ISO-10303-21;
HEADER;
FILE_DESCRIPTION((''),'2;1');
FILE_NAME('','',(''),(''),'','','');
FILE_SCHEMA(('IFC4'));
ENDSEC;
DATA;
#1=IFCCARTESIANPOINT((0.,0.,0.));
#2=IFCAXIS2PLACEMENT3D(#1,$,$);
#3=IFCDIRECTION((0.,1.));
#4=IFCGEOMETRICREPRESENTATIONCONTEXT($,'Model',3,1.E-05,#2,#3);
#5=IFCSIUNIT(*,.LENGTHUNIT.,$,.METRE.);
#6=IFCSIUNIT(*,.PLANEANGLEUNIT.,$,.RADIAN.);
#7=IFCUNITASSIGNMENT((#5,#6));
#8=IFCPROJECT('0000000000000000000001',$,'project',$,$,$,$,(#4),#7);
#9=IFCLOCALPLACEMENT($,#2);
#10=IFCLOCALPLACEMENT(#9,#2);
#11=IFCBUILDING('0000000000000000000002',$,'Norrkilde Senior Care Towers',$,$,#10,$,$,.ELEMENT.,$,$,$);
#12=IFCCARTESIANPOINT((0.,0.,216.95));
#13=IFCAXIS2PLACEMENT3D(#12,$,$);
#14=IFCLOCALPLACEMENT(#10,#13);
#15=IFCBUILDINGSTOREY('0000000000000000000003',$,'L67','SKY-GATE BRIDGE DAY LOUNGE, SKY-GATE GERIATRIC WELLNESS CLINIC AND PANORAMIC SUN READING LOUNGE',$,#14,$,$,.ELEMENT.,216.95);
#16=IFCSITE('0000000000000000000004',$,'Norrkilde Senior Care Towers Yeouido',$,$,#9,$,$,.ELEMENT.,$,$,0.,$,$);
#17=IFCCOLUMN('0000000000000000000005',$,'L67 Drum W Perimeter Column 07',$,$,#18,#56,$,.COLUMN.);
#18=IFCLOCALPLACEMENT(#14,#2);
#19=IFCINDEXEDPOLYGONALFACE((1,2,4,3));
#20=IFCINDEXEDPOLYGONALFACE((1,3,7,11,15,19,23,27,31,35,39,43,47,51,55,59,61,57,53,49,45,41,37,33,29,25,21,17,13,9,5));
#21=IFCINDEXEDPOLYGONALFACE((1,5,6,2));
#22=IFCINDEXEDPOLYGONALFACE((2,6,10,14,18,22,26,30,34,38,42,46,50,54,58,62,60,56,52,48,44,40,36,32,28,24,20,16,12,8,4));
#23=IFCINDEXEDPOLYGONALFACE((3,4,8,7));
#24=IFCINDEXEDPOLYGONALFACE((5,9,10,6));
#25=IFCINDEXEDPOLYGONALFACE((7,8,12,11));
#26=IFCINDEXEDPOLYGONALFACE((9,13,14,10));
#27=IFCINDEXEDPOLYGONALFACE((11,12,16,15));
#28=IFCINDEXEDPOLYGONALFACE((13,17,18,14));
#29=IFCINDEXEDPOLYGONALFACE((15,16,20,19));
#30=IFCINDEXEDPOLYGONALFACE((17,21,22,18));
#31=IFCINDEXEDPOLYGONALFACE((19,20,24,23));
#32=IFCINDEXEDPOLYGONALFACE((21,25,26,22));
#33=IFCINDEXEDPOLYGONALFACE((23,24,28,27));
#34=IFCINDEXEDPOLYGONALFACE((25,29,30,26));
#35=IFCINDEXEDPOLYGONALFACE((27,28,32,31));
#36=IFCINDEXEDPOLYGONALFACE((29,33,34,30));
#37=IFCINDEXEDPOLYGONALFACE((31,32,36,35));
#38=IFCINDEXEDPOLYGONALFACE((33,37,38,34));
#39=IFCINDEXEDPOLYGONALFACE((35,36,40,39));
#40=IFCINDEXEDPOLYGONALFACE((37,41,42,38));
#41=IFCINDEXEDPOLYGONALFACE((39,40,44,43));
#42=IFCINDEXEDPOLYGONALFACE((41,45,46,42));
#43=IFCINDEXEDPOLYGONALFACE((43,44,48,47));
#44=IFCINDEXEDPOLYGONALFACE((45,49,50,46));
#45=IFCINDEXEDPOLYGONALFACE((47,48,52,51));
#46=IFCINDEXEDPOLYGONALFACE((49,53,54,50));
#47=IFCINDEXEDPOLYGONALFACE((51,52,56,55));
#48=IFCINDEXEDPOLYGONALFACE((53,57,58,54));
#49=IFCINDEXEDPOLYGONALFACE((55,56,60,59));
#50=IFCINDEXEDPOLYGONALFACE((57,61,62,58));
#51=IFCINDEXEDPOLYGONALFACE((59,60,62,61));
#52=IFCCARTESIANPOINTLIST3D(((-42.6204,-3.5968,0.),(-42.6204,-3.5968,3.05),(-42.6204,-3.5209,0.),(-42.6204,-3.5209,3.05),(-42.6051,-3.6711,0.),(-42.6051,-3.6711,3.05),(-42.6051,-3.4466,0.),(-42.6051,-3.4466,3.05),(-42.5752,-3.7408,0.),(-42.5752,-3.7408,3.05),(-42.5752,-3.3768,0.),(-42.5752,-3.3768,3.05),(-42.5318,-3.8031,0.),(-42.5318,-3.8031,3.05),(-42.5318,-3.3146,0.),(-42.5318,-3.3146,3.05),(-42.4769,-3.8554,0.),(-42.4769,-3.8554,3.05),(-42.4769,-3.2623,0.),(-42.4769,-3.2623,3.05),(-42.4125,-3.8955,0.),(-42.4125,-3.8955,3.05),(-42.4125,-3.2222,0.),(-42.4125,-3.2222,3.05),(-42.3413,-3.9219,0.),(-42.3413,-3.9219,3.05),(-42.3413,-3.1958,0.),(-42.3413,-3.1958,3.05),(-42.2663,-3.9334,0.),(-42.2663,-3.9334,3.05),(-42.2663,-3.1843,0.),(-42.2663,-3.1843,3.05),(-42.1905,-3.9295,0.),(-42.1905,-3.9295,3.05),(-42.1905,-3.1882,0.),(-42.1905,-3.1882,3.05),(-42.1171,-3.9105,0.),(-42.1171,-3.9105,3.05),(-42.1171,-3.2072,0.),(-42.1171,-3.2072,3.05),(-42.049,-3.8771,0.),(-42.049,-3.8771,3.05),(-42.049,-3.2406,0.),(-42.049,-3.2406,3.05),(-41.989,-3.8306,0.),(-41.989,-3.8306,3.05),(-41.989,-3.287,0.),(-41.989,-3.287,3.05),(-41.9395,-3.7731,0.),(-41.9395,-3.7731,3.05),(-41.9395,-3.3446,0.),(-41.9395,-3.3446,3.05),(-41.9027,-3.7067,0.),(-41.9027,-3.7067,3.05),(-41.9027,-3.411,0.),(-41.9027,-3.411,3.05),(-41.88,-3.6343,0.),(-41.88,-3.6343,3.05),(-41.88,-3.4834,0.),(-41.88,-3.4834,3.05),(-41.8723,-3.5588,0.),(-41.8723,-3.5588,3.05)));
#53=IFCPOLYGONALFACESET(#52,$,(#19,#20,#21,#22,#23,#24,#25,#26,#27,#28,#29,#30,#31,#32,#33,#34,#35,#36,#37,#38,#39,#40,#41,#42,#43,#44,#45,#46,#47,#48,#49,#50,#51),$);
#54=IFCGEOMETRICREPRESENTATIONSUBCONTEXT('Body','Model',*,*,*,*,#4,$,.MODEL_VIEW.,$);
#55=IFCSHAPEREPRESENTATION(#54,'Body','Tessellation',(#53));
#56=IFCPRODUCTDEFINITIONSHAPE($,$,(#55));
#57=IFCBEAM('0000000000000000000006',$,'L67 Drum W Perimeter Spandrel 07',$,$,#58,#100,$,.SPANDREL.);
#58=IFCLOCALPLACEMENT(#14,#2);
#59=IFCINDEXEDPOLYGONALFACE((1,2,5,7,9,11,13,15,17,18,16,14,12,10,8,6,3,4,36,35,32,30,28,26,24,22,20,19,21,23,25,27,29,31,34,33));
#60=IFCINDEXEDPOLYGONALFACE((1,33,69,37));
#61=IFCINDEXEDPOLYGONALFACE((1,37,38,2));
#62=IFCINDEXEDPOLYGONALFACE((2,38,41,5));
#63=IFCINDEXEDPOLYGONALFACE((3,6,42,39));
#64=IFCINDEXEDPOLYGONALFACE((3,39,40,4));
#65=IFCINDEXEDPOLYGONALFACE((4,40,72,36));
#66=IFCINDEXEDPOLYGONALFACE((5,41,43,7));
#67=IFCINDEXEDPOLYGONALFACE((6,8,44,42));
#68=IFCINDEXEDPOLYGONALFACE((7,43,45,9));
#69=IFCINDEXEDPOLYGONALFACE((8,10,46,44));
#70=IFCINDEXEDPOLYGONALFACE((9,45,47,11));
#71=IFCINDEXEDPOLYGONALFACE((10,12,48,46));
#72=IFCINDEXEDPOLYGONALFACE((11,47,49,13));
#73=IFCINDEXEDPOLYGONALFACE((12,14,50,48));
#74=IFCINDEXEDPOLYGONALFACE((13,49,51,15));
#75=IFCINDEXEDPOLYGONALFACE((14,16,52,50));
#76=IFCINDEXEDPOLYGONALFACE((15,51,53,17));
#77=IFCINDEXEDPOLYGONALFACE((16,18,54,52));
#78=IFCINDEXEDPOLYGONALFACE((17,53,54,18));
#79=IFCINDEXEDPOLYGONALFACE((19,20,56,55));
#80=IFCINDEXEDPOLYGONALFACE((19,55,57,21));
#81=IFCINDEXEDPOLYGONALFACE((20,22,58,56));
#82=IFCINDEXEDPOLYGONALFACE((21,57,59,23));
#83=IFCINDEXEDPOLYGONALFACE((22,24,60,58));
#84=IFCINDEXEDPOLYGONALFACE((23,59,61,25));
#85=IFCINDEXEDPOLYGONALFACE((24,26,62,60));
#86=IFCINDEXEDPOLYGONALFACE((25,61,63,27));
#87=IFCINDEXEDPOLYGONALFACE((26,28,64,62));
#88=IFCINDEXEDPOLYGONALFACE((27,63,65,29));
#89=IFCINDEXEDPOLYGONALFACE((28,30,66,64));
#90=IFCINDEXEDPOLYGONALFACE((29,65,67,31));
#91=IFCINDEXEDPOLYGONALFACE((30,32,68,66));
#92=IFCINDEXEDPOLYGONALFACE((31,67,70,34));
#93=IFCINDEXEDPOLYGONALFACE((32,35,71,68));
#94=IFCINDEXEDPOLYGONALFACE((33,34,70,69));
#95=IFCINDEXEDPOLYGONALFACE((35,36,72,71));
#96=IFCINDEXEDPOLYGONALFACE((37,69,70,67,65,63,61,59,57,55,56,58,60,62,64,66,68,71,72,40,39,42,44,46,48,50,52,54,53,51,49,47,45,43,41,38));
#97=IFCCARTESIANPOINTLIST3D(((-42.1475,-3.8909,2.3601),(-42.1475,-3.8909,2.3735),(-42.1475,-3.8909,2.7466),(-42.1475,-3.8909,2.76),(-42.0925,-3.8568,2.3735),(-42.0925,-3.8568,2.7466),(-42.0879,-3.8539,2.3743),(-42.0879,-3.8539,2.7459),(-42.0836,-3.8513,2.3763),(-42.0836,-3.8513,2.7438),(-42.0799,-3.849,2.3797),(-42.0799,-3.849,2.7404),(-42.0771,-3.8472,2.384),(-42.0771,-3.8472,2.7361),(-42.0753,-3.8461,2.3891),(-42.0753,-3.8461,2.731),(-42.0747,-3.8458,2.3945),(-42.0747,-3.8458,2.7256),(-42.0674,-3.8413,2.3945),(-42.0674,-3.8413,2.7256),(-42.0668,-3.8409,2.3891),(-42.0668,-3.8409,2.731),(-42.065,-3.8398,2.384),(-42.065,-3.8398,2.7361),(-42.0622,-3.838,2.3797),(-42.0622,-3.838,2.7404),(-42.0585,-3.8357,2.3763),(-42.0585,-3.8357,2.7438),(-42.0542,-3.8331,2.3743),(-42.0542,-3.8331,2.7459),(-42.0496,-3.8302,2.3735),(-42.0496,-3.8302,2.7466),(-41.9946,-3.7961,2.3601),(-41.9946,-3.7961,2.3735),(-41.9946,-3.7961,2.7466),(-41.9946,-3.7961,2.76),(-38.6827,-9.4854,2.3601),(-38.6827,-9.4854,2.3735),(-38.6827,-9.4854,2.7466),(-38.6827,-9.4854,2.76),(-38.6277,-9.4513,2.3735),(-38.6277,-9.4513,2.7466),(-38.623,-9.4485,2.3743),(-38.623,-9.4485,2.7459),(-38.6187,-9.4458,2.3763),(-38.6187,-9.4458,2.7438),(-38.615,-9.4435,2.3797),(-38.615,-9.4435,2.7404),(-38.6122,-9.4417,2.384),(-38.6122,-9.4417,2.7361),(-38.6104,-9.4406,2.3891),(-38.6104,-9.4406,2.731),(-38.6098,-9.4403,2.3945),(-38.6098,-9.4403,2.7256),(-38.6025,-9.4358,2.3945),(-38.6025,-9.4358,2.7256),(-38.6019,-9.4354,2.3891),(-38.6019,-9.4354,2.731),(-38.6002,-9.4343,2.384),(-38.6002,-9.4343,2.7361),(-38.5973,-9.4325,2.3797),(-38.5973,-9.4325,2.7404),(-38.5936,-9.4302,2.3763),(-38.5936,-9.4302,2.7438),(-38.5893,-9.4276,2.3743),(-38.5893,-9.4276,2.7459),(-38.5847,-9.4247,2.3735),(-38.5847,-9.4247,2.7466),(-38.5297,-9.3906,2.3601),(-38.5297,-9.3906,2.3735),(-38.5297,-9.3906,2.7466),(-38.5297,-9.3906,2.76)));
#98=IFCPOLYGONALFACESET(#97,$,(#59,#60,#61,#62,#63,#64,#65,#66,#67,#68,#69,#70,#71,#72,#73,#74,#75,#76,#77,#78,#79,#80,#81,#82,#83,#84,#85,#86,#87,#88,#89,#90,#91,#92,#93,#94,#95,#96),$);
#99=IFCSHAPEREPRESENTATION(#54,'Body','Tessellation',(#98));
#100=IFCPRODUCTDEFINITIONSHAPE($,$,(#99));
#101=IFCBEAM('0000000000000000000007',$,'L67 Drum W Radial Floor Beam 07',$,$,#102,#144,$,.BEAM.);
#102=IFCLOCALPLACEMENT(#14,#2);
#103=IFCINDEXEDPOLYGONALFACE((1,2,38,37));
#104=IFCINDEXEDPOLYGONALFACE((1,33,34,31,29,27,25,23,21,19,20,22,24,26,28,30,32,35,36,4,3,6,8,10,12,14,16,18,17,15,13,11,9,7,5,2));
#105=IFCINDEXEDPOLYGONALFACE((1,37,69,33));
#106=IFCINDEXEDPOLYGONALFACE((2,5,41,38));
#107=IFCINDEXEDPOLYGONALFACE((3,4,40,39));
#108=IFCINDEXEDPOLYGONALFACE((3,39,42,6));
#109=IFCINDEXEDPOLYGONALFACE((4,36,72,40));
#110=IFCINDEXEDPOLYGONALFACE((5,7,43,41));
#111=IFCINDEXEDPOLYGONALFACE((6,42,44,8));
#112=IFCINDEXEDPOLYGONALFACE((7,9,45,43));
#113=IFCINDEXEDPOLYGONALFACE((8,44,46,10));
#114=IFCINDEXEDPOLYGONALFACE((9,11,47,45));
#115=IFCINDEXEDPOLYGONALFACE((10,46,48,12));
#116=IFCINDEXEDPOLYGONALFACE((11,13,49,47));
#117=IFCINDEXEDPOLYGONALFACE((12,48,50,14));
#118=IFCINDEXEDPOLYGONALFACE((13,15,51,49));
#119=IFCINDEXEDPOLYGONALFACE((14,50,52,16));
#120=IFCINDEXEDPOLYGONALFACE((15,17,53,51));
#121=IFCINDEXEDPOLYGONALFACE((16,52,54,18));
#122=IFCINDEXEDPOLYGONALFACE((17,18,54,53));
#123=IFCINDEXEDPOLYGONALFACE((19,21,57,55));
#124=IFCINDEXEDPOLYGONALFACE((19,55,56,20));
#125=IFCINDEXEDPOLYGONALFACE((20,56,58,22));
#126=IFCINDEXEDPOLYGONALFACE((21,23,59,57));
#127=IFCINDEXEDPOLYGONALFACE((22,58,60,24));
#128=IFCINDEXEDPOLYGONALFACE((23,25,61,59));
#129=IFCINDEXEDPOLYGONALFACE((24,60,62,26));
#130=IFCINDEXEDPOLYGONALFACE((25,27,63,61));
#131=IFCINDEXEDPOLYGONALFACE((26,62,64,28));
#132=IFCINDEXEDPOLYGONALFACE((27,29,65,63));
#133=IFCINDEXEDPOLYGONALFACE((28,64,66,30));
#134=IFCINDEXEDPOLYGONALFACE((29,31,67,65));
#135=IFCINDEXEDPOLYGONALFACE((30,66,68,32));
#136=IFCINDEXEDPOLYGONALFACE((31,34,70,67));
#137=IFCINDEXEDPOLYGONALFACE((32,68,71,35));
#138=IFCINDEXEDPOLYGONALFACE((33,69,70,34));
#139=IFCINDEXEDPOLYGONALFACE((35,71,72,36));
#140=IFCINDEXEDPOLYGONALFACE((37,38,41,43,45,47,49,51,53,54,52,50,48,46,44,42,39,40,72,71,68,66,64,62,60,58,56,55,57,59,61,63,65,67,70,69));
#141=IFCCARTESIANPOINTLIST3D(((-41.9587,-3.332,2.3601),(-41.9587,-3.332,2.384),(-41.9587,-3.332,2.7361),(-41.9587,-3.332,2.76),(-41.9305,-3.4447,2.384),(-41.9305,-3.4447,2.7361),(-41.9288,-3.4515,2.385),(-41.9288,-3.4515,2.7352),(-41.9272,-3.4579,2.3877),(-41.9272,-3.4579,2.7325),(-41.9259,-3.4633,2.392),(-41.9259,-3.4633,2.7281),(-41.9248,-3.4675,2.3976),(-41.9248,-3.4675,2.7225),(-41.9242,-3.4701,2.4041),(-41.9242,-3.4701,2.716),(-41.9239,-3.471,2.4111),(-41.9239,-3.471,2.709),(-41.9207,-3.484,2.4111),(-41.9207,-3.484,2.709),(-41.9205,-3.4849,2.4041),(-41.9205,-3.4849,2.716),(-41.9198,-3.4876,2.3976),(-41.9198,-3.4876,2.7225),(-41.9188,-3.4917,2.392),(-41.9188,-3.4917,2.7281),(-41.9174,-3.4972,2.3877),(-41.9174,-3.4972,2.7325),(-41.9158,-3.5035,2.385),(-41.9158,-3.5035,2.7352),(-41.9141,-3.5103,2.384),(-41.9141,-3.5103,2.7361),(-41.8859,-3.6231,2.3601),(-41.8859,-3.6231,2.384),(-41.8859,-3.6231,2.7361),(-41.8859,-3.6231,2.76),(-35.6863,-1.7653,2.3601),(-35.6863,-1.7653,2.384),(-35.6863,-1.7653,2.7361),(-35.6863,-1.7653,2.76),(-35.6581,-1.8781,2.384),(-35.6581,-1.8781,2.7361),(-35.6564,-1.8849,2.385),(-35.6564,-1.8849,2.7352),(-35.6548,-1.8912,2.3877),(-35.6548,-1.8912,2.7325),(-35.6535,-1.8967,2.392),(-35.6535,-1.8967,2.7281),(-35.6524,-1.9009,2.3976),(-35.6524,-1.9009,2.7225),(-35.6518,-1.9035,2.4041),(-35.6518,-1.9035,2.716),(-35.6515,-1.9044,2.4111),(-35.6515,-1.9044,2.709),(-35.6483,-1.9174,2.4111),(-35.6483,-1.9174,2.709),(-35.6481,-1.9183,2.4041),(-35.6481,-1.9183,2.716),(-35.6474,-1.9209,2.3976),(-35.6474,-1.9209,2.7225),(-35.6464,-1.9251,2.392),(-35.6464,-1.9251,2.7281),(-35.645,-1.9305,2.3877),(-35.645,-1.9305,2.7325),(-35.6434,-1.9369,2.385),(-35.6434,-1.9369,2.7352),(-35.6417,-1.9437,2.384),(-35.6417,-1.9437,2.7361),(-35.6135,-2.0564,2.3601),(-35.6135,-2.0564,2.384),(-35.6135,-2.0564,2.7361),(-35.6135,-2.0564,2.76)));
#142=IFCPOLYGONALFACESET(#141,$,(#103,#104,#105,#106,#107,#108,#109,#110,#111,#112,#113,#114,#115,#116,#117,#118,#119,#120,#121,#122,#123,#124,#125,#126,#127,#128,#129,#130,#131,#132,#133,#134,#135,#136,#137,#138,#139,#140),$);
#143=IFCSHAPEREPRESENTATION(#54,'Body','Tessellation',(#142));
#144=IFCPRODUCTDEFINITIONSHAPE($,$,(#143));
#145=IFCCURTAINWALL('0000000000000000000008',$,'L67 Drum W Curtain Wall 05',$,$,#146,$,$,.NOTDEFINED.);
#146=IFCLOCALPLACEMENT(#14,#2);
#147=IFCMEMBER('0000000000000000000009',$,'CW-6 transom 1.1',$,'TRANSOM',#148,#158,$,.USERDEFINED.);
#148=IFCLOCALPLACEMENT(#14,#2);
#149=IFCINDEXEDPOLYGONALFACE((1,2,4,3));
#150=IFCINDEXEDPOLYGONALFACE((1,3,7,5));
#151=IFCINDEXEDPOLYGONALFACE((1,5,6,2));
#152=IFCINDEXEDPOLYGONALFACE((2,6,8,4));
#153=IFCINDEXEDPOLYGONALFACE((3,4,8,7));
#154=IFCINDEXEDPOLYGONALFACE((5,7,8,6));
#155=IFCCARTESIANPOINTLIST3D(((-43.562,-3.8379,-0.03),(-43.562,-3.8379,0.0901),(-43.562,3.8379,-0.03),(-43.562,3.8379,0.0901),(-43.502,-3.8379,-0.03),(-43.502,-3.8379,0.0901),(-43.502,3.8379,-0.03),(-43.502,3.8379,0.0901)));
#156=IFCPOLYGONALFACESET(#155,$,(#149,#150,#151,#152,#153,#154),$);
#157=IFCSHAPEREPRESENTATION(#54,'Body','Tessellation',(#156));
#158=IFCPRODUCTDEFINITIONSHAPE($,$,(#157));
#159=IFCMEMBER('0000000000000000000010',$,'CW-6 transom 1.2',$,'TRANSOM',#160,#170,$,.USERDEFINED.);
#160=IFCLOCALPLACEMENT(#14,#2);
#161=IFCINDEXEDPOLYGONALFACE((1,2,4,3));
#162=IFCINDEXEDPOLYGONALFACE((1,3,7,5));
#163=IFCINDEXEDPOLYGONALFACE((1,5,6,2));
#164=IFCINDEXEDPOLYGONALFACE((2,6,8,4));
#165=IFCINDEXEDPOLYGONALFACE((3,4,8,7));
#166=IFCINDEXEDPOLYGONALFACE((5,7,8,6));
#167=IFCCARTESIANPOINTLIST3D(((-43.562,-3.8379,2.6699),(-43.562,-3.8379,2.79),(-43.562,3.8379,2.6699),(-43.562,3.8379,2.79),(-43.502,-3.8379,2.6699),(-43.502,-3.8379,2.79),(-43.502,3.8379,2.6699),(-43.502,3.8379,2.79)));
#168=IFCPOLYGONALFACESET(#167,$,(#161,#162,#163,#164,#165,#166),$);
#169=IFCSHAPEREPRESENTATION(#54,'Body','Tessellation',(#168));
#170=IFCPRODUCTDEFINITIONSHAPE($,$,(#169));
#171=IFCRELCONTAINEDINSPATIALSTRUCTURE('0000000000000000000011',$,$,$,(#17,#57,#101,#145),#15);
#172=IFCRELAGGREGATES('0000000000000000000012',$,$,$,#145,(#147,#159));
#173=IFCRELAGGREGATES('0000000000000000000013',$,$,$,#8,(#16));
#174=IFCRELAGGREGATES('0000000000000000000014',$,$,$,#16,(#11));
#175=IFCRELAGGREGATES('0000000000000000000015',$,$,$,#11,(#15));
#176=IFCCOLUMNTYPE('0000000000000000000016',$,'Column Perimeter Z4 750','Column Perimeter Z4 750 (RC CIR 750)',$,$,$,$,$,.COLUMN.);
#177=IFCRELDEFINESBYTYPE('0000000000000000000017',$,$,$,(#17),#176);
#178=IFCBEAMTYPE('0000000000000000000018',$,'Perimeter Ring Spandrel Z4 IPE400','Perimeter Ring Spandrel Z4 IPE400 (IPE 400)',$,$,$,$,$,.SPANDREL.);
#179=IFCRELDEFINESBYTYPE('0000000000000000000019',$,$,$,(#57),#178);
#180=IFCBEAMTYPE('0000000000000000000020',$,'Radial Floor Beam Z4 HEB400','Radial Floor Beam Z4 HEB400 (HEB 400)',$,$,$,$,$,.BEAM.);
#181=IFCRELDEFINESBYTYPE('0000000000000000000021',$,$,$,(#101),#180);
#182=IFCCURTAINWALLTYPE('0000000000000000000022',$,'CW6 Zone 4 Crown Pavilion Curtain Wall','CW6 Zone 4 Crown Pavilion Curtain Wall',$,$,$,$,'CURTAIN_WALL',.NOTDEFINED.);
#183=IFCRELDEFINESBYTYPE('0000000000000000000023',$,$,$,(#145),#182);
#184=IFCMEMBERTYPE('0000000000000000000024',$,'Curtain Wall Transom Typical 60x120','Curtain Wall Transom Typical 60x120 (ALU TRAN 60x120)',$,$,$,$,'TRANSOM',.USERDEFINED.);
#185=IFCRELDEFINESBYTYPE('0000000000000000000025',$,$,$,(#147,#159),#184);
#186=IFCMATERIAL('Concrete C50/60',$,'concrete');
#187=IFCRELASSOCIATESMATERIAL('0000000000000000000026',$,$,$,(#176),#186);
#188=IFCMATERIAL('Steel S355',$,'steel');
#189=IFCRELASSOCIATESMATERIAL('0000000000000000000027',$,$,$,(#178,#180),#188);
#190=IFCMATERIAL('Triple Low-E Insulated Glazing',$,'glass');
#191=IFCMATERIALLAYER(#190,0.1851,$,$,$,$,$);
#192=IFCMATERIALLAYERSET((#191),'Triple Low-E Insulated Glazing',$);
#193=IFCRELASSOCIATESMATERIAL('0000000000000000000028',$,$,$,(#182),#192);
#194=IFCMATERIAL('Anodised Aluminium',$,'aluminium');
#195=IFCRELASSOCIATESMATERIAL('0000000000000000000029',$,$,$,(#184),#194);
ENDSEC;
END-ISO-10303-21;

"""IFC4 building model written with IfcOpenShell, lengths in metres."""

from ifc_helpers import new_model, si_unit, direction, frame, origin, origin_2d, place, context, subcontext, project, spatial, rectangle, circle, i_section, extrude, source, transform, mapped, material, layer, layer_set, material_profile, profile_set, type_object, type_shapes, element, aggregate, save


model = new_model("IFC4")

# Units and contexts
model_context = context("Model", 3, precision=1e-05, world=origin(), true_north=direction((0.0, 1.0)))
body_context = subcontext(model_context, "Body", "Model", "MODEL_VIEW")
ifc_project = project(units=[si_unit("LENGTHUNIT", "METRE"), si_unit("PLANEANGLEUNIT", "RADIAN")], contexts=[model_context])

# Site, building, storey
site_placement = place(None, origin())
site = spatial("IfcSite", under=ifc_project, at=site_placement, Name="Norrkilde Senior Care Towers Yeouido", CompositionType="ELEMENT", RefElevation=0.0)
building_placement = place(site_placement, origin())
building = spatial("IfcBuilding", under=site, at=building_placement, Name="Norrkilde Senior Care Towers", CompositionType="ELEMENT")
storey_placement = place(building_placement, frame((0.0, 0.0, 216.95)))
storey = spatial("IfcBuildingStorey", under=building, at=storey_placement, Name="L67", Description="SKY-GATE BRIDGE DAY LOUNGE, SKY-GATE GERIATRIC WELLNESS CLINIC AND PANORAMIC SUN READING LOUNGE", CompositionType="ELEMENT", Elevation=216.95)

# Column
ifc_material_1 = material(Name="Concrete C50/60", Category="concrete")
ifc_material_profile_1 = material_profile(ifc_material_1, circle(Radius=0.375, at=origin_2d()), Name="RC CIR 750")
ifc_profile_set_1 = profile_set([ifc_material_profile_1], Name="Concrete C50/60")
column_type = type_object("IfcColumnType", Name="Column Perimeter Z4 750", Description="Column Perimeter Z4 750 (RC CIR 750)", PredefinedType="COLUMN", material=ifc_profile_set_1)
shared_shape_1 = source(origin(), body_context, "Body", "SweptSolid", [
    extrude(circle(Radius=0.375, at=origin_2d()), origin(), (0.0, 0.0, 1.0), 3.05),
])
type_shapes(column_type, [shared_shape_1])
column_placement = place(storey_placement, frame((-42.2473, -3.5588, 0.0), z_axis=(0.0, 0.0, 1.0), x_axis=(1.0, 0.0, 0.0)))
element("IfcColumn", 1, at=column_placement, inside=storey, type_object=column_type, Name="L67 Drum W Perimeter Column 07", PredefinedType="COLUMN", context=body_context, shape_type="MappedRepresentation", body=[
    mapped(shared_shape_1, transform((0.0, 0.0, 0.0), x_axis=(1.0, 0.0, 0.0), y_axis=(0.0, 1.0, 0.0), z_axis=(0.0, 0.0, 1.0), scale=1.0)),
])

# Beams
ifc_material_2 = material(Name="Steel S355", Category="steel")
ifc_material_profile_2 = material_profile(ifc_material_2, i_section(OverallWidth=0.1799, OverallDepth=0.3999, WebThickness=0.0085, FlangeThickness=0.0134, FilletRadius=0.021, at=origin_2d()), Name="IPE 400")
ifc_profile_set_2 = profile_set([ifc_material_profile_2], Name="Steel S355")
beam_type_1 = type_object("IfcBeamType", Name="Perimeter Ring Spandrel Z4 IPE400", Description="Perimeter Ring Spandrel Z4 IPE400 (IPE 400)", PredefinedType="SPANDREL", material=ifc_profile_set_2)
shared_shape_2 = source(origin(), body_context, "Body", "SweptSolid", [
    extrude(i_section(OverallWidth=0.1799, OverallDepth=0.3999, WebThickness=0.0085, FlangeThickness=0.0134, FilletRadius=0.021, at=origin_2d()), origin(), (0.0, 0.0, 1.0), 6.5806),
])
type_shapes(beam_type_1, [shared_shape_2])
beam_1_placement = place(storey_placement, frame((-42.071, -3.8435, 2.5601), z_axis=(0.52653, -0.850157, 0.0), x_axis=(0.850157, 0.52653, 0.0)))
element("IfcBeam", 2, at=beam_1_placement, inside=storey, type_object=beam_type_1, Name="L67 Drum W Perimeter Spandrel 07", PredefinedType="SPANDREL", context=body_context, shape_type="MappedRepresentation", body=[
    mapped(shared_shape_2, transform((0.0, 0.0, 0.0), x_axis=(1.0, 0.0, 0.0), y_axis=(0.0, 1.0, 0.0), z_axis=(0.0, 0.0, 1.0), scale=1.0)),
])
ifc_material_profile_3 = material_profile(ifc_material_2, i_section(OverallWidth=0.3, OverallDepth=0.3999, WebThickness=0.0134, FlangeThickness=0.0239, FilletRadius=0.0271, at=origin_2d()), Name="HEB 400")
ifc_profile_set_3 = profile_set([ifc_material_profile_3], Name="Steel S355")
beam_type_2 = type_object("IfcBeamType", Name="Radial Floor Beam Z4 HEB400", Description="Radial Floor Beam Z4 HEB400 (HEB 400)", PredefinedType="BEAM", material=ifc_profile_set_3)
shared_shape_3 = source(origin(), body_context, "Body", "SweptSolid", [
    extrude(i_section(OverallWidth=0.3, OverallDepth=0.3999, WebThickness=0.0134, FlangeThickness=0.0239, FilletRadius=0.0271, at=origin_2d()), origin(), (0.0, 0.0, 1.0), 6.4651),
])
type_shapes(beam_type_2, [shared_shape_3])
beam_2_placement = place(storey_placement, frame((-35.6499, -1.9109, 2.5601), z_axis=(-0.970196, -0.242322, 0.0), x_axis=(0.242322, -0.970196, 0.0)))
element("IfcBeam", 3, at=beam_2_placement, inside=storey, type_object=beam_type_2, Name="L67 Drum W Radial Floor Beam 07", PredefinedType="BEAM", context=body_context, shape_type="MappedRepresentation", body=[
    mapped(shared_shape_3, transform((0.0, 0.0, 0.0), x_axis=(1.0, 0.0, 0.0), y_axis=(0.0, 1.0, 0.0), z_axis=(0.0, 0.0, 1.0), scale=1.0)),
])

# Curtain wall, members
ifc_material_3 = material(Name="Triple Low-E Insulated Glazing", Category="glass")
ifc_layer_1 = layer(ifc_material_3, 0.1851)
ifc_layer_set_1 = layer_set([ifc_layer_1], Name="Triple Low-E Insulated Glazing")
curtain_wall_type = type_object("IfcCurtainWallType", Name="CW6 Zone 4 Crown Pavilion Curtain Wall", Description="CW6 Zone 4 Crown Pavilion Curtain Wall", ElementType="CURTAIN_WALL", PredefinedType="NOTDEFINED", material=ifc_layer_set_1)
curtain_wall_placement = place(storey_placement, origin())
curtain_wall = element("IfcCurtainWall", 4, at=curtain_wall_placement, inside=storey, type_object=curtain_wall_type, Name="L67 Drum W Curtain Wall 05", PredefinedType="NOTDEFINED")
ifc_material_4 = material(Name="Anodised Aluminium", Category="aluminium")
ifc_material_profile_4 = material_profile(ifc_material_4, rectangle(XDim=0.0601, YDim=0.1201, at=origin_2d()), Name="ALU TRAN 60x120")
ifc_profile_set_4 = profile_set([ifc_material_profile_4], Name="Anodised Aluminium")
member_type_1 = type_object("IfcMemberType", Name="Curtain Wall Transom Typical 60x120", Description="Curtain Wall Transom Typical 60x120 (ALU TRAN 60x120)", ElementType="TRANSOM", PredefinedType="USERDEFINED", material=ifc_profile_set_4)
shared_shape_4 = source(origin(), body_context, "Body", "SweptSolid", [
    extrude(rectangle(XDim=0.0601, YDim=0.1201, at=origin_2d()), origin(), (0.0, 0.0, 1.0), 7.6758),
])
type_shapes(member_type_1, [shared_shape_4])
member_1_placement = place(storey_placement, frame((-43.532, -3.8379, 0.03), z_axis=(0.0, 1.0, 0.0), x_axis=(-1.0, 0.0, 0.0)))
member_1 = element("IfcMember", 5, at=member_1_placement, type_object=member_type_1, Name="CW-6 transom 1.1", ObjectType="TRANSOM", PredefinedType="USERDEFINED", context=body_context, shape_type="MappedRepresentation", body=[
    mapped(shared_shape_4, transform((0.0, 0.0, 0.0), x_axis=(1.0, 0.0, 0.0), y_axis=(0.0, 1.0, 0.0), z_axis=(0.0, 0.0, 1.0), scale=1.0)),
])
member_2_placement = place(storey_placement, frame((-43.532, -3.8379, 2.73), z_axis=(0.0, 1.0, 0.0), x_axis=(-1.0, 0.0, 0.0)))
member_2 = element("IfcMember", 6, at=member_2_placement, type_object=member_type_1, Name="CW-6 transom 1.2", ObjectType="TRANSOM", PredefinedType="USERDEFINED", context=body_context, shape_type="MappedRepresentation", body=[
    mapped(shared_shape_4, transform((0.0, 0.0, 0.0), x_axis=(1.0, 0.0, 0.0), y_axis=(0.0, 1.0, 0.0), z_axis=(0.0, 0.0, 1.0), scale=1.0)),
])
aggregate(curtain_wall, [member_1, member_2])

save(model, "model.ifc")
